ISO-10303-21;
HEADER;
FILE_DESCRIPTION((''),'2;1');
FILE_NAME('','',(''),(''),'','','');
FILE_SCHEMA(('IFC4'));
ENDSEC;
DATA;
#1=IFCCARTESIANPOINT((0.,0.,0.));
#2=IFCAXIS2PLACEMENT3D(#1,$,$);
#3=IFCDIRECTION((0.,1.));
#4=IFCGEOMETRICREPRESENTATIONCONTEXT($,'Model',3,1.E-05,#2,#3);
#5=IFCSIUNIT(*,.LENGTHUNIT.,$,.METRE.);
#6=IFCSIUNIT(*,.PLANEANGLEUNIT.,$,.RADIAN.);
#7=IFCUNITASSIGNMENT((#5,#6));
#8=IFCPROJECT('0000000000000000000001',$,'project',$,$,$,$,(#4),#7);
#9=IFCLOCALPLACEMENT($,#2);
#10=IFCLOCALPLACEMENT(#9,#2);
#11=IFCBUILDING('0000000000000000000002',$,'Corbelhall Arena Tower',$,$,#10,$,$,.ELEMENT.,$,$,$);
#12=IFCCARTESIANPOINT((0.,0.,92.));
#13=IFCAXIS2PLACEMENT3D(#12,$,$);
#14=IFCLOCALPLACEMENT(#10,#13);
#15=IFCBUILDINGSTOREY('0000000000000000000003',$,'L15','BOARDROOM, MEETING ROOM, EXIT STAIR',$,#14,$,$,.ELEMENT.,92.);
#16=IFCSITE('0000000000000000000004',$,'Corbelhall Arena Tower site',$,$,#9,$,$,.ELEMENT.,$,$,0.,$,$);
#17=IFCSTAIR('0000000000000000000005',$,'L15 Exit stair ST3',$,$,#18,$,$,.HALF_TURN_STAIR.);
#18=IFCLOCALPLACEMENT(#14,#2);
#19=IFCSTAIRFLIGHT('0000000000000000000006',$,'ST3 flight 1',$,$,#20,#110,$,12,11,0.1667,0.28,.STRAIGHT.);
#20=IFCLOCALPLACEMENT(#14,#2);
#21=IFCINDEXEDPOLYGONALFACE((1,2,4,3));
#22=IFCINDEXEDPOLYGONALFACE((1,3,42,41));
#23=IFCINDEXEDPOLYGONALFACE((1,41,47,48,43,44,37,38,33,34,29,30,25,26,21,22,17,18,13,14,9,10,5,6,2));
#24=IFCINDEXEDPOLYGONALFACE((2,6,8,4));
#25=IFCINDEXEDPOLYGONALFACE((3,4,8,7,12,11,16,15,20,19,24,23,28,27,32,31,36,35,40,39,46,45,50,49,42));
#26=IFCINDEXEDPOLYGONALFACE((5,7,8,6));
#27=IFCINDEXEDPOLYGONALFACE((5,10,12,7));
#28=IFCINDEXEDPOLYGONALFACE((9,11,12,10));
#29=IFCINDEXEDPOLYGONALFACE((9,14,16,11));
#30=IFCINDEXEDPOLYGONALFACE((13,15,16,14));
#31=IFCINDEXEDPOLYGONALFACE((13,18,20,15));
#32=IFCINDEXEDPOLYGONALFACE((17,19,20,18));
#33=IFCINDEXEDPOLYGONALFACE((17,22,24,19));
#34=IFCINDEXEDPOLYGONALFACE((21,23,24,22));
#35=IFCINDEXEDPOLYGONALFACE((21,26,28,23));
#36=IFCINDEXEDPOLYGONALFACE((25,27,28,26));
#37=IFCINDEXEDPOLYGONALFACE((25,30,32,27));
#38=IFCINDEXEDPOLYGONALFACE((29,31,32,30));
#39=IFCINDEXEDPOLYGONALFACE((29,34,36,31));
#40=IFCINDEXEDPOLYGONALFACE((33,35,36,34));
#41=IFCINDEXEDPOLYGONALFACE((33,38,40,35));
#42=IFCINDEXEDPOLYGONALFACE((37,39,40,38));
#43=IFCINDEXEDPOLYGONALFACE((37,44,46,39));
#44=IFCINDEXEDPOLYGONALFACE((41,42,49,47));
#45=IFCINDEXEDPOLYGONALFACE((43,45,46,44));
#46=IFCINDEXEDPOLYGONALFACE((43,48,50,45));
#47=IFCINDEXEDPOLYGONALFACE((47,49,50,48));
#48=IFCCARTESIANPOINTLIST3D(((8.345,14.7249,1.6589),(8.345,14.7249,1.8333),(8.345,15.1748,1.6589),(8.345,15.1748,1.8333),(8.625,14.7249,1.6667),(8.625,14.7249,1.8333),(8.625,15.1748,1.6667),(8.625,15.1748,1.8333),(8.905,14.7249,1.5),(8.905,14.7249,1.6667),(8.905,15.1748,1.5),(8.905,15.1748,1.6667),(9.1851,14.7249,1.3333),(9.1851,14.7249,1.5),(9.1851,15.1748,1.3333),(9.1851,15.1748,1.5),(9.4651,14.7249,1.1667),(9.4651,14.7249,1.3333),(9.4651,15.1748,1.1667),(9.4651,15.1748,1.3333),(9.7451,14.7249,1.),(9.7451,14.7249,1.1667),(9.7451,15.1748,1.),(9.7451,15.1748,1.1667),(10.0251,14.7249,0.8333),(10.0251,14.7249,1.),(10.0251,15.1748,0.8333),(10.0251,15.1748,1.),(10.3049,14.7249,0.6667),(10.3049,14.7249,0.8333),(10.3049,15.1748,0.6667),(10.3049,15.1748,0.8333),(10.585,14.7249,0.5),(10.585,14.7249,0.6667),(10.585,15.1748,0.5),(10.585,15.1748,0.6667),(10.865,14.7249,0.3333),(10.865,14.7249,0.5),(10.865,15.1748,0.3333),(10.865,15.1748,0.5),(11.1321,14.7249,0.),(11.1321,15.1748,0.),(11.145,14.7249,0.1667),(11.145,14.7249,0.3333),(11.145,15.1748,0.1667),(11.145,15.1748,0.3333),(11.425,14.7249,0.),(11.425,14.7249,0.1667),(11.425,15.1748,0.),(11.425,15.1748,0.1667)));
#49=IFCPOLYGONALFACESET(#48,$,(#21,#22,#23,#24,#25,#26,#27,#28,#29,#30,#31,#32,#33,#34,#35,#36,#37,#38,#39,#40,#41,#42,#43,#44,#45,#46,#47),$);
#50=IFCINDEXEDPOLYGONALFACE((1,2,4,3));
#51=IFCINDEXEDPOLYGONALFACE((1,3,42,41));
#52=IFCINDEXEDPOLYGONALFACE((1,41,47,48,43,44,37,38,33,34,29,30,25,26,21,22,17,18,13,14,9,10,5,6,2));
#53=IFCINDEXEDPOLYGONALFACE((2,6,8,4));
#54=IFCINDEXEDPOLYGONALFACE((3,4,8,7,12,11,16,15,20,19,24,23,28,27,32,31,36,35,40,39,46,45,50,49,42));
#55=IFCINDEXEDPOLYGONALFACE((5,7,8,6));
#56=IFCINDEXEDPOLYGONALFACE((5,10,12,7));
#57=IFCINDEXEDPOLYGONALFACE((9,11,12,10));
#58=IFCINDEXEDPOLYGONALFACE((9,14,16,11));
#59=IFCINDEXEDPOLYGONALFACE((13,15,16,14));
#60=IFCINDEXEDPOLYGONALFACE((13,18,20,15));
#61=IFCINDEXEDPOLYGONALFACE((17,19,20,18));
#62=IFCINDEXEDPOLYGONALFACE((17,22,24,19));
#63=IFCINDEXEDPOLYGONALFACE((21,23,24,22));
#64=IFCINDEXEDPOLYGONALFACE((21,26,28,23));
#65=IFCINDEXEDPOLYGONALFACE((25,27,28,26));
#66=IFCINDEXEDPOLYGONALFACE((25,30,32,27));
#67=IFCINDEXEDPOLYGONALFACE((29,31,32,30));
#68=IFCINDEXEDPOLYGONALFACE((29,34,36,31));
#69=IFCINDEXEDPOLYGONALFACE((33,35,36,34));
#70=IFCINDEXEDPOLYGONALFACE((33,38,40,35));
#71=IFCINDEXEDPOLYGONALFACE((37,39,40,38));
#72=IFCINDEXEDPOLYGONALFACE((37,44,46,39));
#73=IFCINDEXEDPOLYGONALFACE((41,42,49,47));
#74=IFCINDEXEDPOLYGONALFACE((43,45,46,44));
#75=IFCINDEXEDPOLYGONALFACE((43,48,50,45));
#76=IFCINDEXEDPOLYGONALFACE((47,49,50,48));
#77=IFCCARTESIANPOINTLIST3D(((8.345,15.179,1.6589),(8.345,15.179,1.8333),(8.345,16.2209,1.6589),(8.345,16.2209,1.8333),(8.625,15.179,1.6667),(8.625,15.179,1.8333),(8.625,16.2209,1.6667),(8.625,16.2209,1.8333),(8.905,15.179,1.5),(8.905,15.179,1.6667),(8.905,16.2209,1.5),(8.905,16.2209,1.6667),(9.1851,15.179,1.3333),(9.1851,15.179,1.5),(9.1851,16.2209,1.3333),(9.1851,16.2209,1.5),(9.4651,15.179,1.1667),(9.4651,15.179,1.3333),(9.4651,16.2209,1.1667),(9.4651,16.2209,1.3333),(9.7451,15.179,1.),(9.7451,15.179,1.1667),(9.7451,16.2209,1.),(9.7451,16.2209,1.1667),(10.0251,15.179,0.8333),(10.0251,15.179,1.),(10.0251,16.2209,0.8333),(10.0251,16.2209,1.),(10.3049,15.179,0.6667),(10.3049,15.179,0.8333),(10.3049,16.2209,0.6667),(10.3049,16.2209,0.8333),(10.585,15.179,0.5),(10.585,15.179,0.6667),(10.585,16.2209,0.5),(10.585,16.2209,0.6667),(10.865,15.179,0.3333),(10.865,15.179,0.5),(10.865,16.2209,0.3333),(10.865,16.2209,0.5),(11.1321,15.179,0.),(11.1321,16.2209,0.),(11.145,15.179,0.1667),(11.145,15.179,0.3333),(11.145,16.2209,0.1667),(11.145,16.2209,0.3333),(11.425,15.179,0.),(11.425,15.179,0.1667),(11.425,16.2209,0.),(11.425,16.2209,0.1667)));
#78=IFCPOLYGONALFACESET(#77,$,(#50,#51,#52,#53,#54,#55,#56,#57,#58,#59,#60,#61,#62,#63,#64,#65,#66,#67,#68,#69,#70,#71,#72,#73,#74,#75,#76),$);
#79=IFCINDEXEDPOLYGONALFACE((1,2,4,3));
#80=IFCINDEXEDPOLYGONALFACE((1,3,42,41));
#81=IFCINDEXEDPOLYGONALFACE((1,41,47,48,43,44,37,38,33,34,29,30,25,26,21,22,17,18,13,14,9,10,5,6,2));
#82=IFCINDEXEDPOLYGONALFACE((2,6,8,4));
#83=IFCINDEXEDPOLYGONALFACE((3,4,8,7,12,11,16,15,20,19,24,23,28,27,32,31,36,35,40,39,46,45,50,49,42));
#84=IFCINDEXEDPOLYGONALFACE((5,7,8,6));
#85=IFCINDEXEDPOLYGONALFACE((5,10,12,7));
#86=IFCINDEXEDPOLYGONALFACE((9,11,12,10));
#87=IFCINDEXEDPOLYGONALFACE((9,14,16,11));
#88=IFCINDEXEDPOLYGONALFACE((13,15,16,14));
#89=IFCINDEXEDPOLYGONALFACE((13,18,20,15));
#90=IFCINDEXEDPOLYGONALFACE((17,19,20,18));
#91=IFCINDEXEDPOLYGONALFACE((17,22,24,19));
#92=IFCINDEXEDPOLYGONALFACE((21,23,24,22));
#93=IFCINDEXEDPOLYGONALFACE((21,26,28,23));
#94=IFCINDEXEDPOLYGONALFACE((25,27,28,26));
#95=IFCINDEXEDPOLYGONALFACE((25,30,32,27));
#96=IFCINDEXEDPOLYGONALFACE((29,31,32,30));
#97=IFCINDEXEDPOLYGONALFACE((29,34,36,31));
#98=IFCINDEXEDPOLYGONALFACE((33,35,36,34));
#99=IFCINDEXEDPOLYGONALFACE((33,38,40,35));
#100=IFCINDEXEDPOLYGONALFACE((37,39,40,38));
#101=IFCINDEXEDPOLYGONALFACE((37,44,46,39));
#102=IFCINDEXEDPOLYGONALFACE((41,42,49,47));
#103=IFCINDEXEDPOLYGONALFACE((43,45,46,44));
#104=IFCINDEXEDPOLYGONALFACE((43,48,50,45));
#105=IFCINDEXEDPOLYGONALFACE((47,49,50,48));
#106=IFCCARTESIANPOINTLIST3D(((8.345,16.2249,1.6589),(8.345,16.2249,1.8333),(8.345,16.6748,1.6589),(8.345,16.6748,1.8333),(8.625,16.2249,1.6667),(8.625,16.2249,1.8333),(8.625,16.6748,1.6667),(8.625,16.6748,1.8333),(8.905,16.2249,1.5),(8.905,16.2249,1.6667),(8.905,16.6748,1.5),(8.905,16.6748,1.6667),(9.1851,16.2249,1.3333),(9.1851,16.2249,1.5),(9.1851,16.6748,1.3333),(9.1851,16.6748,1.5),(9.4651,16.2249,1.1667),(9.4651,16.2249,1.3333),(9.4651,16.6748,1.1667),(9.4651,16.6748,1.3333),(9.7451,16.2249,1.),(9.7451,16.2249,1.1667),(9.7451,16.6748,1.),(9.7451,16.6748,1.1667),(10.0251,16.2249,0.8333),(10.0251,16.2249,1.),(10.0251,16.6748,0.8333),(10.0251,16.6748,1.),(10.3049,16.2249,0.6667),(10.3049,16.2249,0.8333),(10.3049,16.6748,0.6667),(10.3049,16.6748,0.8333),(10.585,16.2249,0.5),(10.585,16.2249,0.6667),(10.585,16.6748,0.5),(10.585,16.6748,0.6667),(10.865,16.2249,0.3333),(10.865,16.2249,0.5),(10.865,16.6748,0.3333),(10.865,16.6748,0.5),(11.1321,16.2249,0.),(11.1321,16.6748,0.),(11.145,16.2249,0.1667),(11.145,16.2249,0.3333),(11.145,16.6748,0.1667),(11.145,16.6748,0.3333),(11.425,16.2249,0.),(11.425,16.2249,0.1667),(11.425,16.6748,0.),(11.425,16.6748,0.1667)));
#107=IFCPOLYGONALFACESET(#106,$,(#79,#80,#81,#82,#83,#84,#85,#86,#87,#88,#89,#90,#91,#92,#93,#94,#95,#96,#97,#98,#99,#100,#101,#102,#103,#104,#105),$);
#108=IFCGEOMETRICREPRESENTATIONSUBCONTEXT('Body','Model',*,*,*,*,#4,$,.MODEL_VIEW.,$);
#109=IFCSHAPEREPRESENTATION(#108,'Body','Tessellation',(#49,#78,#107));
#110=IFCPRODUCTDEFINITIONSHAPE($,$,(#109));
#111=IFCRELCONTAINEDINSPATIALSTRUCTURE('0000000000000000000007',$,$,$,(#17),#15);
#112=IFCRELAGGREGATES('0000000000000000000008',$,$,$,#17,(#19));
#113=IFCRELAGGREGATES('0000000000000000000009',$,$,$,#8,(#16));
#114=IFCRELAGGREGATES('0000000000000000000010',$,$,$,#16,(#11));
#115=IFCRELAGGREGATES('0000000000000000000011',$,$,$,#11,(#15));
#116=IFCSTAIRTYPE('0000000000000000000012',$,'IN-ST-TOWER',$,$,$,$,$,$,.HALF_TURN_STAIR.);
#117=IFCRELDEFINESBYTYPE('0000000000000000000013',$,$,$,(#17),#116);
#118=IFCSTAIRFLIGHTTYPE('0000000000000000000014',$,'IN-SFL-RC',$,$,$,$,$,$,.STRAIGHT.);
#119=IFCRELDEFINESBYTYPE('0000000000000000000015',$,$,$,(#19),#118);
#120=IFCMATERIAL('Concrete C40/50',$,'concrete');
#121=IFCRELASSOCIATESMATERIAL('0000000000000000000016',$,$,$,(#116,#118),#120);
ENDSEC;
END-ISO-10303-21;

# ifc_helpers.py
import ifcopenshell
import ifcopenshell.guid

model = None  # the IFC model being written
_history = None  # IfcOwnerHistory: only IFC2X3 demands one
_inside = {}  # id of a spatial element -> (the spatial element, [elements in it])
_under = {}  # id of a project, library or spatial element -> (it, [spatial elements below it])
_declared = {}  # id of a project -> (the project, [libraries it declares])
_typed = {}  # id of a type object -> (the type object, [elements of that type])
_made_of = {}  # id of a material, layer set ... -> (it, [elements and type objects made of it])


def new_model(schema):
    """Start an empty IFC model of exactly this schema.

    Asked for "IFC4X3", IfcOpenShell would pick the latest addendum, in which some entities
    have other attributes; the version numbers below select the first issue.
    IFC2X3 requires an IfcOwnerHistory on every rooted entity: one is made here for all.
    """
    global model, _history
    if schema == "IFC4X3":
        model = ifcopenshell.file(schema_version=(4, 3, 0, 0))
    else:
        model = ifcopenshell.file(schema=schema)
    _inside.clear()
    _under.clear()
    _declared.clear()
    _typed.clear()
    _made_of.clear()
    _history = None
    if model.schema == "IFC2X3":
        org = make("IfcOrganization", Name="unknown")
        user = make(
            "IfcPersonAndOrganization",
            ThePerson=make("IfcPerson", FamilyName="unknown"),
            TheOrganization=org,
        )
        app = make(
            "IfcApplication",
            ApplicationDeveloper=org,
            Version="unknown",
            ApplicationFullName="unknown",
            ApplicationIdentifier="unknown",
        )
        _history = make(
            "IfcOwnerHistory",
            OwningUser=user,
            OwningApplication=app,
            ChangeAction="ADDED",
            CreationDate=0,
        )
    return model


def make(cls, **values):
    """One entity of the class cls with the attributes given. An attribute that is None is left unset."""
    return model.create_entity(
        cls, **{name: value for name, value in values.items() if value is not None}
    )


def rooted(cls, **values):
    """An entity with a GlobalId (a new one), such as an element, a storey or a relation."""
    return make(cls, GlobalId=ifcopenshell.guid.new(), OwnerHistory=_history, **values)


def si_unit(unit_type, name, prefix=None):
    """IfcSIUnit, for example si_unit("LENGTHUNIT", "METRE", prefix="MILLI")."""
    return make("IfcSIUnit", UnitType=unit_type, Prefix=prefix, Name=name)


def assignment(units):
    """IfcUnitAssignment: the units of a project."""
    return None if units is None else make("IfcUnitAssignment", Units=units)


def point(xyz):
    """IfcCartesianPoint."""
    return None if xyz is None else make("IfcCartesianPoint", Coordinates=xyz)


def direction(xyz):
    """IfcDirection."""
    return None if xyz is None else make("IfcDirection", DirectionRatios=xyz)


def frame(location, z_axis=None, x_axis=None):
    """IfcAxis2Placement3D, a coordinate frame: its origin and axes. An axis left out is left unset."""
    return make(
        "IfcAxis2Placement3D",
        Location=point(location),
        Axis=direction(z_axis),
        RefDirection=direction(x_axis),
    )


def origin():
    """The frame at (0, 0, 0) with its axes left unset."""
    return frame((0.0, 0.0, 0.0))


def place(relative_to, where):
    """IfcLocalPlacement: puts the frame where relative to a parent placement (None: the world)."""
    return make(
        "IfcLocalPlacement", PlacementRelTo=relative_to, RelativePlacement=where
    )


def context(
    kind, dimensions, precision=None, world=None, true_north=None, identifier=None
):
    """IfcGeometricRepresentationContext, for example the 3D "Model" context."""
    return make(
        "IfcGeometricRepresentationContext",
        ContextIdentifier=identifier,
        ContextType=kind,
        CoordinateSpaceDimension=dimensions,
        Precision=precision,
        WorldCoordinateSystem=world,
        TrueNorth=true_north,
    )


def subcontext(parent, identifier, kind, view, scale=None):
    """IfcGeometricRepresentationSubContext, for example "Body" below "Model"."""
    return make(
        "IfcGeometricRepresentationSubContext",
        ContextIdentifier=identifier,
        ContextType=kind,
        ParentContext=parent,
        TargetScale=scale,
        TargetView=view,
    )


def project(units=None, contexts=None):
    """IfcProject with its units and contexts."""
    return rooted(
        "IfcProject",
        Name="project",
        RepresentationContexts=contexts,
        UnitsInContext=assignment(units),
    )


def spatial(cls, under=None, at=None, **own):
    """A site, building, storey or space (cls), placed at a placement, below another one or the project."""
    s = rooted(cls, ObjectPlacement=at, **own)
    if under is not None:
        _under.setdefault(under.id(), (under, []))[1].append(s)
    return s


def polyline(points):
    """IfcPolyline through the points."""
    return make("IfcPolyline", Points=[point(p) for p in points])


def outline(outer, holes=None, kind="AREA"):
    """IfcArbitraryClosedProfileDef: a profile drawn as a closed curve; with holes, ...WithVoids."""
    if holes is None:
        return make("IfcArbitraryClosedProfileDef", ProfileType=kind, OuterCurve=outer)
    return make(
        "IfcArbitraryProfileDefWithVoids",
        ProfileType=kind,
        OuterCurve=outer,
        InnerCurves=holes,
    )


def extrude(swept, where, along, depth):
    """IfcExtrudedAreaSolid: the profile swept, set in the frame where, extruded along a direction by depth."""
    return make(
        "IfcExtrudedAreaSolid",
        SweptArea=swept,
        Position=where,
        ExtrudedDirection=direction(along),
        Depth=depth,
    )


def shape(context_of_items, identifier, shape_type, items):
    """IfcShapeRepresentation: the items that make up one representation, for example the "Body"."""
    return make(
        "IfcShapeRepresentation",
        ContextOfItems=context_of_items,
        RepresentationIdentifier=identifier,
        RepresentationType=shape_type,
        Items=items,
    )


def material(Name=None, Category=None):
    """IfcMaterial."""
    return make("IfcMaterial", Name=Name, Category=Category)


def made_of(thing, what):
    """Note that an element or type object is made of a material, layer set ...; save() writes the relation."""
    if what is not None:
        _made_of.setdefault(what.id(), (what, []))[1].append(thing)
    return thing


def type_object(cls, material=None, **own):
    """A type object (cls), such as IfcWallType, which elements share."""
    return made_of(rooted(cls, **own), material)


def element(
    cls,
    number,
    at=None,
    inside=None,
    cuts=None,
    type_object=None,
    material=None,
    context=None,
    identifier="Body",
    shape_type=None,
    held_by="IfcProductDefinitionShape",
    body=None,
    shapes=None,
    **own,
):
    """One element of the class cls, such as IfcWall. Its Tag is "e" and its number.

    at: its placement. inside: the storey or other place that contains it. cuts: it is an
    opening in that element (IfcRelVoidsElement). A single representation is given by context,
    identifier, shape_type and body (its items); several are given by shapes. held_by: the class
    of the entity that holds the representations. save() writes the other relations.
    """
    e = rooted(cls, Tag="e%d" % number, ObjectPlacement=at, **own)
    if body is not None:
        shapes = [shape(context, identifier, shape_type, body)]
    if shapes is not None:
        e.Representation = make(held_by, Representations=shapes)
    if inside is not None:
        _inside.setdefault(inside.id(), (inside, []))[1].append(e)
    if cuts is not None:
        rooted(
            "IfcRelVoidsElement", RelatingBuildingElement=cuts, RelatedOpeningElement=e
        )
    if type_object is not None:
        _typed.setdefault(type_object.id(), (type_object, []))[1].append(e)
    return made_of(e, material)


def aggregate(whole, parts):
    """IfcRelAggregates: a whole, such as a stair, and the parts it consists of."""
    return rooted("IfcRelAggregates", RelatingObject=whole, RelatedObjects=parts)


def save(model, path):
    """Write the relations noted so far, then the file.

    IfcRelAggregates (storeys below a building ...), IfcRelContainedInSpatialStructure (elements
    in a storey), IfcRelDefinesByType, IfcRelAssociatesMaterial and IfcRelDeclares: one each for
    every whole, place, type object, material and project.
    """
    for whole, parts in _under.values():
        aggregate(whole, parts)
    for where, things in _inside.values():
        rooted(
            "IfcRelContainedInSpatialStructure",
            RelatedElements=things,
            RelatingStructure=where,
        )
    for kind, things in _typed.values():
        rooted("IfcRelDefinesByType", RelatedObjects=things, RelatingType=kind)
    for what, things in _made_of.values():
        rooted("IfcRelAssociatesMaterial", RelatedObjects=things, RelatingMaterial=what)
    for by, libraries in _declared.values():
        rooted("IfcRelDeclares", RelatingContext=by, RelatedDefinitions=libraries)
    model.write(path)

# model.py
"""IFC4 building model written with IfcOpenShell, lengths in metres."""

from ifc_helpers import new_model, si_unit, direction, frame, origin, place, context, subcontext, project, spatial, polyline, outline, extrude, material, type_object, element, aggregate, save


model = new_model("IFC4")

# Units and contexts
model_context = context("Model", 3, precision=1e-05, world=origin(), true_north=direction((0.0, 1.0)))
body_context = subcontext(model_context, "Body", "Model", "MODEL_VIEW")
ifc_project = project(units=[si_unit("LENGTHUNIT", "METRE"), si_unit("PLANEANGLEUNIT", "RADIAN")], contexts=[model_context])

# Site, building, storey
site_placement = place(None, origin())
site = spatial("IfcSite", under=ifc_project, at=site_placement, Name="Corbelhall Arena Tower site", CompositionType="ELEMENT", RefElevation=0.0)
building_placement = place(site_placement, origin())
building = spatial("IfcBuilding", under=site, at=building_placement, Name="Corbelhall Arena Tower", CompositionType="ELEMENT")
storey_placement = place(building_placement, frame((0.0, 0.0, 92.0)))
storey = spatial("IfcBuildingStorey", under=building, at=storey_placement, Name="L15", Description="BOARDROOM, MEETING ROOM, EXIT STAIR", CompositionType="ELEMENT", Elevation=92.0)

# Shared definitions
ifc_material_1 = material(Name="Concrete C40/50", Category="concrete")

# Stair, stair flight
stair_type = type_object("IfcStairType", Name="IN-ST-TOWER", PredefinedType="HALF_TURN_STAIR", material=ifc_material_1)
stair_placement = place(storey_placement, origin())
stair = element("IfcStair", 1, at=stair_placement, inside=storey, type_object=stair_type, Name="L15 Exit stair ST3", PredefinedType="HALF_TURN_STAIR")
stair_flight_type = type_object("IfcStairFlightType", Name="IN-SFL-RC", PredefinedType="STRAIGHT", material=ifc_material_1)
stair_flight_1_placement = place(storey_placement, frame((11.425, 15.7, 0.0), z_axis=(0.0, 0.0, 1.0), x_axis=(-1.0, 0.0, 0.0)))
stair_flight_1 = element("IfcStairFlight", 2, at=stair_flight_1_placement, type_object=stair_flight_type, Name="ST3 flight 1", NumberOfRisers=12, NumberOfTreads=11, PredefinedType="STRAIGHT", RiserHeight=0.1667, TreadLength=0.28, context=body_context, shape_type="SweptSolid", body=[
    extrude(outline(polyline([(0.0, 0.0), (0.0, 0.1667), (0.28, 0.1667), (0.28, 0.3333), (0.5601, 0.3333), (0.5601, 0.5), (0.8401, 0.5), (0.8401, 0.6667), (1.1201, 0.6667), (1.1201, 0.8333), (1.3999, 0.8333), (1.3999, 1.0), (1.6799, 1.0), (1.6799, 1.1667), (1.96, 1.1667), (1.96, 1.3333), (2.24, 1.3333), (2.24, 1.5), (2.52, 1.5), (2.52, 1.6667), (2.8, 1.6667), (2.8, 1.8333), (3.0801, 1.8333), (3.0801, 2.0), (3.0801, 1.6589), (0.293, 0.0), (0.0, 0.0)])), frame((0.0, 0.9751, 0.0), z_axis=(0.0, -1.0, 0.0), x_axis=(1.0, 0.0, 0.0)), (0.0, 0.0, 1.0), 0.45),
    extrude(outline(polyline([(0.0, 0.0), (0.0, 0.1667), (0.28, 0.1667), (0.28, 0.3333), (0.5601, 0.3333), (0.5601, 0.5), (0.8401, 0.5), (0.8401, 0.6667), (1.1201, 0.6667), (1.1201, 0.8333), (1.3999, 0.8333), (1.3999, 1.0), (1.6799, 1.0), (1.6799, 1.1667), (1.96, 1.1667), (1.96, 1.3333), (2.24, 1.3333), (2.24, 1.5), (2.52, 1.5), (2.52, 1.6667), (2.8, 1.6667), (2.8, 1.8333), (3.0801, 1.8333), (3.0801, 2.0), (3.0801, 1.6589), (0.293, 0.0), (0.0, 0.0)])), frame((0.0, 0.521, 0.0), z_axis=(0.0, -1.0, 0.0), x_axis=(1.0, 0.0, 0.0)), (0.0, 0.0, 1.0), 1.042),
    extrude(outline(polyline([(0.0, 0.0), (0.0, 0.1667), (0.28, 0.1667), (0.28, 0.3333), (0.5601, 0.3333), (0.5601, 0.5), (0.8401, 0.5), (0.8401, 0.6667), (1.1201, 0.6667), (1.1201, 0.8333), (1.3999, 0.8333), (1.3999, 1.0), (1.6799, 1.0), (1.6799, 1.1667), (1.96, 1.1667), (1.96, 1.3333), (2.24, 1.3333), (2.24, 1.5), (2.52, 1.5), (2.52, 1.6667), (2.8, 1.6667), (2.8, 1.8333), (3.0801, 1.8333), (3.0801, 2.0), (3.0801, 1.6589), (0.293, 0.0), (0.0, 0.0)])), frame((0.0, -0.5249, 0.0), z_axis=(0.0, -1.0, 0.0), x_axis=(1.0, 0.0, 0.0)), (0.0, 0.0, 1.0), 0.45),
])
aggregate(stair, [stair_flight_1])

save(model, "model.ifc")
